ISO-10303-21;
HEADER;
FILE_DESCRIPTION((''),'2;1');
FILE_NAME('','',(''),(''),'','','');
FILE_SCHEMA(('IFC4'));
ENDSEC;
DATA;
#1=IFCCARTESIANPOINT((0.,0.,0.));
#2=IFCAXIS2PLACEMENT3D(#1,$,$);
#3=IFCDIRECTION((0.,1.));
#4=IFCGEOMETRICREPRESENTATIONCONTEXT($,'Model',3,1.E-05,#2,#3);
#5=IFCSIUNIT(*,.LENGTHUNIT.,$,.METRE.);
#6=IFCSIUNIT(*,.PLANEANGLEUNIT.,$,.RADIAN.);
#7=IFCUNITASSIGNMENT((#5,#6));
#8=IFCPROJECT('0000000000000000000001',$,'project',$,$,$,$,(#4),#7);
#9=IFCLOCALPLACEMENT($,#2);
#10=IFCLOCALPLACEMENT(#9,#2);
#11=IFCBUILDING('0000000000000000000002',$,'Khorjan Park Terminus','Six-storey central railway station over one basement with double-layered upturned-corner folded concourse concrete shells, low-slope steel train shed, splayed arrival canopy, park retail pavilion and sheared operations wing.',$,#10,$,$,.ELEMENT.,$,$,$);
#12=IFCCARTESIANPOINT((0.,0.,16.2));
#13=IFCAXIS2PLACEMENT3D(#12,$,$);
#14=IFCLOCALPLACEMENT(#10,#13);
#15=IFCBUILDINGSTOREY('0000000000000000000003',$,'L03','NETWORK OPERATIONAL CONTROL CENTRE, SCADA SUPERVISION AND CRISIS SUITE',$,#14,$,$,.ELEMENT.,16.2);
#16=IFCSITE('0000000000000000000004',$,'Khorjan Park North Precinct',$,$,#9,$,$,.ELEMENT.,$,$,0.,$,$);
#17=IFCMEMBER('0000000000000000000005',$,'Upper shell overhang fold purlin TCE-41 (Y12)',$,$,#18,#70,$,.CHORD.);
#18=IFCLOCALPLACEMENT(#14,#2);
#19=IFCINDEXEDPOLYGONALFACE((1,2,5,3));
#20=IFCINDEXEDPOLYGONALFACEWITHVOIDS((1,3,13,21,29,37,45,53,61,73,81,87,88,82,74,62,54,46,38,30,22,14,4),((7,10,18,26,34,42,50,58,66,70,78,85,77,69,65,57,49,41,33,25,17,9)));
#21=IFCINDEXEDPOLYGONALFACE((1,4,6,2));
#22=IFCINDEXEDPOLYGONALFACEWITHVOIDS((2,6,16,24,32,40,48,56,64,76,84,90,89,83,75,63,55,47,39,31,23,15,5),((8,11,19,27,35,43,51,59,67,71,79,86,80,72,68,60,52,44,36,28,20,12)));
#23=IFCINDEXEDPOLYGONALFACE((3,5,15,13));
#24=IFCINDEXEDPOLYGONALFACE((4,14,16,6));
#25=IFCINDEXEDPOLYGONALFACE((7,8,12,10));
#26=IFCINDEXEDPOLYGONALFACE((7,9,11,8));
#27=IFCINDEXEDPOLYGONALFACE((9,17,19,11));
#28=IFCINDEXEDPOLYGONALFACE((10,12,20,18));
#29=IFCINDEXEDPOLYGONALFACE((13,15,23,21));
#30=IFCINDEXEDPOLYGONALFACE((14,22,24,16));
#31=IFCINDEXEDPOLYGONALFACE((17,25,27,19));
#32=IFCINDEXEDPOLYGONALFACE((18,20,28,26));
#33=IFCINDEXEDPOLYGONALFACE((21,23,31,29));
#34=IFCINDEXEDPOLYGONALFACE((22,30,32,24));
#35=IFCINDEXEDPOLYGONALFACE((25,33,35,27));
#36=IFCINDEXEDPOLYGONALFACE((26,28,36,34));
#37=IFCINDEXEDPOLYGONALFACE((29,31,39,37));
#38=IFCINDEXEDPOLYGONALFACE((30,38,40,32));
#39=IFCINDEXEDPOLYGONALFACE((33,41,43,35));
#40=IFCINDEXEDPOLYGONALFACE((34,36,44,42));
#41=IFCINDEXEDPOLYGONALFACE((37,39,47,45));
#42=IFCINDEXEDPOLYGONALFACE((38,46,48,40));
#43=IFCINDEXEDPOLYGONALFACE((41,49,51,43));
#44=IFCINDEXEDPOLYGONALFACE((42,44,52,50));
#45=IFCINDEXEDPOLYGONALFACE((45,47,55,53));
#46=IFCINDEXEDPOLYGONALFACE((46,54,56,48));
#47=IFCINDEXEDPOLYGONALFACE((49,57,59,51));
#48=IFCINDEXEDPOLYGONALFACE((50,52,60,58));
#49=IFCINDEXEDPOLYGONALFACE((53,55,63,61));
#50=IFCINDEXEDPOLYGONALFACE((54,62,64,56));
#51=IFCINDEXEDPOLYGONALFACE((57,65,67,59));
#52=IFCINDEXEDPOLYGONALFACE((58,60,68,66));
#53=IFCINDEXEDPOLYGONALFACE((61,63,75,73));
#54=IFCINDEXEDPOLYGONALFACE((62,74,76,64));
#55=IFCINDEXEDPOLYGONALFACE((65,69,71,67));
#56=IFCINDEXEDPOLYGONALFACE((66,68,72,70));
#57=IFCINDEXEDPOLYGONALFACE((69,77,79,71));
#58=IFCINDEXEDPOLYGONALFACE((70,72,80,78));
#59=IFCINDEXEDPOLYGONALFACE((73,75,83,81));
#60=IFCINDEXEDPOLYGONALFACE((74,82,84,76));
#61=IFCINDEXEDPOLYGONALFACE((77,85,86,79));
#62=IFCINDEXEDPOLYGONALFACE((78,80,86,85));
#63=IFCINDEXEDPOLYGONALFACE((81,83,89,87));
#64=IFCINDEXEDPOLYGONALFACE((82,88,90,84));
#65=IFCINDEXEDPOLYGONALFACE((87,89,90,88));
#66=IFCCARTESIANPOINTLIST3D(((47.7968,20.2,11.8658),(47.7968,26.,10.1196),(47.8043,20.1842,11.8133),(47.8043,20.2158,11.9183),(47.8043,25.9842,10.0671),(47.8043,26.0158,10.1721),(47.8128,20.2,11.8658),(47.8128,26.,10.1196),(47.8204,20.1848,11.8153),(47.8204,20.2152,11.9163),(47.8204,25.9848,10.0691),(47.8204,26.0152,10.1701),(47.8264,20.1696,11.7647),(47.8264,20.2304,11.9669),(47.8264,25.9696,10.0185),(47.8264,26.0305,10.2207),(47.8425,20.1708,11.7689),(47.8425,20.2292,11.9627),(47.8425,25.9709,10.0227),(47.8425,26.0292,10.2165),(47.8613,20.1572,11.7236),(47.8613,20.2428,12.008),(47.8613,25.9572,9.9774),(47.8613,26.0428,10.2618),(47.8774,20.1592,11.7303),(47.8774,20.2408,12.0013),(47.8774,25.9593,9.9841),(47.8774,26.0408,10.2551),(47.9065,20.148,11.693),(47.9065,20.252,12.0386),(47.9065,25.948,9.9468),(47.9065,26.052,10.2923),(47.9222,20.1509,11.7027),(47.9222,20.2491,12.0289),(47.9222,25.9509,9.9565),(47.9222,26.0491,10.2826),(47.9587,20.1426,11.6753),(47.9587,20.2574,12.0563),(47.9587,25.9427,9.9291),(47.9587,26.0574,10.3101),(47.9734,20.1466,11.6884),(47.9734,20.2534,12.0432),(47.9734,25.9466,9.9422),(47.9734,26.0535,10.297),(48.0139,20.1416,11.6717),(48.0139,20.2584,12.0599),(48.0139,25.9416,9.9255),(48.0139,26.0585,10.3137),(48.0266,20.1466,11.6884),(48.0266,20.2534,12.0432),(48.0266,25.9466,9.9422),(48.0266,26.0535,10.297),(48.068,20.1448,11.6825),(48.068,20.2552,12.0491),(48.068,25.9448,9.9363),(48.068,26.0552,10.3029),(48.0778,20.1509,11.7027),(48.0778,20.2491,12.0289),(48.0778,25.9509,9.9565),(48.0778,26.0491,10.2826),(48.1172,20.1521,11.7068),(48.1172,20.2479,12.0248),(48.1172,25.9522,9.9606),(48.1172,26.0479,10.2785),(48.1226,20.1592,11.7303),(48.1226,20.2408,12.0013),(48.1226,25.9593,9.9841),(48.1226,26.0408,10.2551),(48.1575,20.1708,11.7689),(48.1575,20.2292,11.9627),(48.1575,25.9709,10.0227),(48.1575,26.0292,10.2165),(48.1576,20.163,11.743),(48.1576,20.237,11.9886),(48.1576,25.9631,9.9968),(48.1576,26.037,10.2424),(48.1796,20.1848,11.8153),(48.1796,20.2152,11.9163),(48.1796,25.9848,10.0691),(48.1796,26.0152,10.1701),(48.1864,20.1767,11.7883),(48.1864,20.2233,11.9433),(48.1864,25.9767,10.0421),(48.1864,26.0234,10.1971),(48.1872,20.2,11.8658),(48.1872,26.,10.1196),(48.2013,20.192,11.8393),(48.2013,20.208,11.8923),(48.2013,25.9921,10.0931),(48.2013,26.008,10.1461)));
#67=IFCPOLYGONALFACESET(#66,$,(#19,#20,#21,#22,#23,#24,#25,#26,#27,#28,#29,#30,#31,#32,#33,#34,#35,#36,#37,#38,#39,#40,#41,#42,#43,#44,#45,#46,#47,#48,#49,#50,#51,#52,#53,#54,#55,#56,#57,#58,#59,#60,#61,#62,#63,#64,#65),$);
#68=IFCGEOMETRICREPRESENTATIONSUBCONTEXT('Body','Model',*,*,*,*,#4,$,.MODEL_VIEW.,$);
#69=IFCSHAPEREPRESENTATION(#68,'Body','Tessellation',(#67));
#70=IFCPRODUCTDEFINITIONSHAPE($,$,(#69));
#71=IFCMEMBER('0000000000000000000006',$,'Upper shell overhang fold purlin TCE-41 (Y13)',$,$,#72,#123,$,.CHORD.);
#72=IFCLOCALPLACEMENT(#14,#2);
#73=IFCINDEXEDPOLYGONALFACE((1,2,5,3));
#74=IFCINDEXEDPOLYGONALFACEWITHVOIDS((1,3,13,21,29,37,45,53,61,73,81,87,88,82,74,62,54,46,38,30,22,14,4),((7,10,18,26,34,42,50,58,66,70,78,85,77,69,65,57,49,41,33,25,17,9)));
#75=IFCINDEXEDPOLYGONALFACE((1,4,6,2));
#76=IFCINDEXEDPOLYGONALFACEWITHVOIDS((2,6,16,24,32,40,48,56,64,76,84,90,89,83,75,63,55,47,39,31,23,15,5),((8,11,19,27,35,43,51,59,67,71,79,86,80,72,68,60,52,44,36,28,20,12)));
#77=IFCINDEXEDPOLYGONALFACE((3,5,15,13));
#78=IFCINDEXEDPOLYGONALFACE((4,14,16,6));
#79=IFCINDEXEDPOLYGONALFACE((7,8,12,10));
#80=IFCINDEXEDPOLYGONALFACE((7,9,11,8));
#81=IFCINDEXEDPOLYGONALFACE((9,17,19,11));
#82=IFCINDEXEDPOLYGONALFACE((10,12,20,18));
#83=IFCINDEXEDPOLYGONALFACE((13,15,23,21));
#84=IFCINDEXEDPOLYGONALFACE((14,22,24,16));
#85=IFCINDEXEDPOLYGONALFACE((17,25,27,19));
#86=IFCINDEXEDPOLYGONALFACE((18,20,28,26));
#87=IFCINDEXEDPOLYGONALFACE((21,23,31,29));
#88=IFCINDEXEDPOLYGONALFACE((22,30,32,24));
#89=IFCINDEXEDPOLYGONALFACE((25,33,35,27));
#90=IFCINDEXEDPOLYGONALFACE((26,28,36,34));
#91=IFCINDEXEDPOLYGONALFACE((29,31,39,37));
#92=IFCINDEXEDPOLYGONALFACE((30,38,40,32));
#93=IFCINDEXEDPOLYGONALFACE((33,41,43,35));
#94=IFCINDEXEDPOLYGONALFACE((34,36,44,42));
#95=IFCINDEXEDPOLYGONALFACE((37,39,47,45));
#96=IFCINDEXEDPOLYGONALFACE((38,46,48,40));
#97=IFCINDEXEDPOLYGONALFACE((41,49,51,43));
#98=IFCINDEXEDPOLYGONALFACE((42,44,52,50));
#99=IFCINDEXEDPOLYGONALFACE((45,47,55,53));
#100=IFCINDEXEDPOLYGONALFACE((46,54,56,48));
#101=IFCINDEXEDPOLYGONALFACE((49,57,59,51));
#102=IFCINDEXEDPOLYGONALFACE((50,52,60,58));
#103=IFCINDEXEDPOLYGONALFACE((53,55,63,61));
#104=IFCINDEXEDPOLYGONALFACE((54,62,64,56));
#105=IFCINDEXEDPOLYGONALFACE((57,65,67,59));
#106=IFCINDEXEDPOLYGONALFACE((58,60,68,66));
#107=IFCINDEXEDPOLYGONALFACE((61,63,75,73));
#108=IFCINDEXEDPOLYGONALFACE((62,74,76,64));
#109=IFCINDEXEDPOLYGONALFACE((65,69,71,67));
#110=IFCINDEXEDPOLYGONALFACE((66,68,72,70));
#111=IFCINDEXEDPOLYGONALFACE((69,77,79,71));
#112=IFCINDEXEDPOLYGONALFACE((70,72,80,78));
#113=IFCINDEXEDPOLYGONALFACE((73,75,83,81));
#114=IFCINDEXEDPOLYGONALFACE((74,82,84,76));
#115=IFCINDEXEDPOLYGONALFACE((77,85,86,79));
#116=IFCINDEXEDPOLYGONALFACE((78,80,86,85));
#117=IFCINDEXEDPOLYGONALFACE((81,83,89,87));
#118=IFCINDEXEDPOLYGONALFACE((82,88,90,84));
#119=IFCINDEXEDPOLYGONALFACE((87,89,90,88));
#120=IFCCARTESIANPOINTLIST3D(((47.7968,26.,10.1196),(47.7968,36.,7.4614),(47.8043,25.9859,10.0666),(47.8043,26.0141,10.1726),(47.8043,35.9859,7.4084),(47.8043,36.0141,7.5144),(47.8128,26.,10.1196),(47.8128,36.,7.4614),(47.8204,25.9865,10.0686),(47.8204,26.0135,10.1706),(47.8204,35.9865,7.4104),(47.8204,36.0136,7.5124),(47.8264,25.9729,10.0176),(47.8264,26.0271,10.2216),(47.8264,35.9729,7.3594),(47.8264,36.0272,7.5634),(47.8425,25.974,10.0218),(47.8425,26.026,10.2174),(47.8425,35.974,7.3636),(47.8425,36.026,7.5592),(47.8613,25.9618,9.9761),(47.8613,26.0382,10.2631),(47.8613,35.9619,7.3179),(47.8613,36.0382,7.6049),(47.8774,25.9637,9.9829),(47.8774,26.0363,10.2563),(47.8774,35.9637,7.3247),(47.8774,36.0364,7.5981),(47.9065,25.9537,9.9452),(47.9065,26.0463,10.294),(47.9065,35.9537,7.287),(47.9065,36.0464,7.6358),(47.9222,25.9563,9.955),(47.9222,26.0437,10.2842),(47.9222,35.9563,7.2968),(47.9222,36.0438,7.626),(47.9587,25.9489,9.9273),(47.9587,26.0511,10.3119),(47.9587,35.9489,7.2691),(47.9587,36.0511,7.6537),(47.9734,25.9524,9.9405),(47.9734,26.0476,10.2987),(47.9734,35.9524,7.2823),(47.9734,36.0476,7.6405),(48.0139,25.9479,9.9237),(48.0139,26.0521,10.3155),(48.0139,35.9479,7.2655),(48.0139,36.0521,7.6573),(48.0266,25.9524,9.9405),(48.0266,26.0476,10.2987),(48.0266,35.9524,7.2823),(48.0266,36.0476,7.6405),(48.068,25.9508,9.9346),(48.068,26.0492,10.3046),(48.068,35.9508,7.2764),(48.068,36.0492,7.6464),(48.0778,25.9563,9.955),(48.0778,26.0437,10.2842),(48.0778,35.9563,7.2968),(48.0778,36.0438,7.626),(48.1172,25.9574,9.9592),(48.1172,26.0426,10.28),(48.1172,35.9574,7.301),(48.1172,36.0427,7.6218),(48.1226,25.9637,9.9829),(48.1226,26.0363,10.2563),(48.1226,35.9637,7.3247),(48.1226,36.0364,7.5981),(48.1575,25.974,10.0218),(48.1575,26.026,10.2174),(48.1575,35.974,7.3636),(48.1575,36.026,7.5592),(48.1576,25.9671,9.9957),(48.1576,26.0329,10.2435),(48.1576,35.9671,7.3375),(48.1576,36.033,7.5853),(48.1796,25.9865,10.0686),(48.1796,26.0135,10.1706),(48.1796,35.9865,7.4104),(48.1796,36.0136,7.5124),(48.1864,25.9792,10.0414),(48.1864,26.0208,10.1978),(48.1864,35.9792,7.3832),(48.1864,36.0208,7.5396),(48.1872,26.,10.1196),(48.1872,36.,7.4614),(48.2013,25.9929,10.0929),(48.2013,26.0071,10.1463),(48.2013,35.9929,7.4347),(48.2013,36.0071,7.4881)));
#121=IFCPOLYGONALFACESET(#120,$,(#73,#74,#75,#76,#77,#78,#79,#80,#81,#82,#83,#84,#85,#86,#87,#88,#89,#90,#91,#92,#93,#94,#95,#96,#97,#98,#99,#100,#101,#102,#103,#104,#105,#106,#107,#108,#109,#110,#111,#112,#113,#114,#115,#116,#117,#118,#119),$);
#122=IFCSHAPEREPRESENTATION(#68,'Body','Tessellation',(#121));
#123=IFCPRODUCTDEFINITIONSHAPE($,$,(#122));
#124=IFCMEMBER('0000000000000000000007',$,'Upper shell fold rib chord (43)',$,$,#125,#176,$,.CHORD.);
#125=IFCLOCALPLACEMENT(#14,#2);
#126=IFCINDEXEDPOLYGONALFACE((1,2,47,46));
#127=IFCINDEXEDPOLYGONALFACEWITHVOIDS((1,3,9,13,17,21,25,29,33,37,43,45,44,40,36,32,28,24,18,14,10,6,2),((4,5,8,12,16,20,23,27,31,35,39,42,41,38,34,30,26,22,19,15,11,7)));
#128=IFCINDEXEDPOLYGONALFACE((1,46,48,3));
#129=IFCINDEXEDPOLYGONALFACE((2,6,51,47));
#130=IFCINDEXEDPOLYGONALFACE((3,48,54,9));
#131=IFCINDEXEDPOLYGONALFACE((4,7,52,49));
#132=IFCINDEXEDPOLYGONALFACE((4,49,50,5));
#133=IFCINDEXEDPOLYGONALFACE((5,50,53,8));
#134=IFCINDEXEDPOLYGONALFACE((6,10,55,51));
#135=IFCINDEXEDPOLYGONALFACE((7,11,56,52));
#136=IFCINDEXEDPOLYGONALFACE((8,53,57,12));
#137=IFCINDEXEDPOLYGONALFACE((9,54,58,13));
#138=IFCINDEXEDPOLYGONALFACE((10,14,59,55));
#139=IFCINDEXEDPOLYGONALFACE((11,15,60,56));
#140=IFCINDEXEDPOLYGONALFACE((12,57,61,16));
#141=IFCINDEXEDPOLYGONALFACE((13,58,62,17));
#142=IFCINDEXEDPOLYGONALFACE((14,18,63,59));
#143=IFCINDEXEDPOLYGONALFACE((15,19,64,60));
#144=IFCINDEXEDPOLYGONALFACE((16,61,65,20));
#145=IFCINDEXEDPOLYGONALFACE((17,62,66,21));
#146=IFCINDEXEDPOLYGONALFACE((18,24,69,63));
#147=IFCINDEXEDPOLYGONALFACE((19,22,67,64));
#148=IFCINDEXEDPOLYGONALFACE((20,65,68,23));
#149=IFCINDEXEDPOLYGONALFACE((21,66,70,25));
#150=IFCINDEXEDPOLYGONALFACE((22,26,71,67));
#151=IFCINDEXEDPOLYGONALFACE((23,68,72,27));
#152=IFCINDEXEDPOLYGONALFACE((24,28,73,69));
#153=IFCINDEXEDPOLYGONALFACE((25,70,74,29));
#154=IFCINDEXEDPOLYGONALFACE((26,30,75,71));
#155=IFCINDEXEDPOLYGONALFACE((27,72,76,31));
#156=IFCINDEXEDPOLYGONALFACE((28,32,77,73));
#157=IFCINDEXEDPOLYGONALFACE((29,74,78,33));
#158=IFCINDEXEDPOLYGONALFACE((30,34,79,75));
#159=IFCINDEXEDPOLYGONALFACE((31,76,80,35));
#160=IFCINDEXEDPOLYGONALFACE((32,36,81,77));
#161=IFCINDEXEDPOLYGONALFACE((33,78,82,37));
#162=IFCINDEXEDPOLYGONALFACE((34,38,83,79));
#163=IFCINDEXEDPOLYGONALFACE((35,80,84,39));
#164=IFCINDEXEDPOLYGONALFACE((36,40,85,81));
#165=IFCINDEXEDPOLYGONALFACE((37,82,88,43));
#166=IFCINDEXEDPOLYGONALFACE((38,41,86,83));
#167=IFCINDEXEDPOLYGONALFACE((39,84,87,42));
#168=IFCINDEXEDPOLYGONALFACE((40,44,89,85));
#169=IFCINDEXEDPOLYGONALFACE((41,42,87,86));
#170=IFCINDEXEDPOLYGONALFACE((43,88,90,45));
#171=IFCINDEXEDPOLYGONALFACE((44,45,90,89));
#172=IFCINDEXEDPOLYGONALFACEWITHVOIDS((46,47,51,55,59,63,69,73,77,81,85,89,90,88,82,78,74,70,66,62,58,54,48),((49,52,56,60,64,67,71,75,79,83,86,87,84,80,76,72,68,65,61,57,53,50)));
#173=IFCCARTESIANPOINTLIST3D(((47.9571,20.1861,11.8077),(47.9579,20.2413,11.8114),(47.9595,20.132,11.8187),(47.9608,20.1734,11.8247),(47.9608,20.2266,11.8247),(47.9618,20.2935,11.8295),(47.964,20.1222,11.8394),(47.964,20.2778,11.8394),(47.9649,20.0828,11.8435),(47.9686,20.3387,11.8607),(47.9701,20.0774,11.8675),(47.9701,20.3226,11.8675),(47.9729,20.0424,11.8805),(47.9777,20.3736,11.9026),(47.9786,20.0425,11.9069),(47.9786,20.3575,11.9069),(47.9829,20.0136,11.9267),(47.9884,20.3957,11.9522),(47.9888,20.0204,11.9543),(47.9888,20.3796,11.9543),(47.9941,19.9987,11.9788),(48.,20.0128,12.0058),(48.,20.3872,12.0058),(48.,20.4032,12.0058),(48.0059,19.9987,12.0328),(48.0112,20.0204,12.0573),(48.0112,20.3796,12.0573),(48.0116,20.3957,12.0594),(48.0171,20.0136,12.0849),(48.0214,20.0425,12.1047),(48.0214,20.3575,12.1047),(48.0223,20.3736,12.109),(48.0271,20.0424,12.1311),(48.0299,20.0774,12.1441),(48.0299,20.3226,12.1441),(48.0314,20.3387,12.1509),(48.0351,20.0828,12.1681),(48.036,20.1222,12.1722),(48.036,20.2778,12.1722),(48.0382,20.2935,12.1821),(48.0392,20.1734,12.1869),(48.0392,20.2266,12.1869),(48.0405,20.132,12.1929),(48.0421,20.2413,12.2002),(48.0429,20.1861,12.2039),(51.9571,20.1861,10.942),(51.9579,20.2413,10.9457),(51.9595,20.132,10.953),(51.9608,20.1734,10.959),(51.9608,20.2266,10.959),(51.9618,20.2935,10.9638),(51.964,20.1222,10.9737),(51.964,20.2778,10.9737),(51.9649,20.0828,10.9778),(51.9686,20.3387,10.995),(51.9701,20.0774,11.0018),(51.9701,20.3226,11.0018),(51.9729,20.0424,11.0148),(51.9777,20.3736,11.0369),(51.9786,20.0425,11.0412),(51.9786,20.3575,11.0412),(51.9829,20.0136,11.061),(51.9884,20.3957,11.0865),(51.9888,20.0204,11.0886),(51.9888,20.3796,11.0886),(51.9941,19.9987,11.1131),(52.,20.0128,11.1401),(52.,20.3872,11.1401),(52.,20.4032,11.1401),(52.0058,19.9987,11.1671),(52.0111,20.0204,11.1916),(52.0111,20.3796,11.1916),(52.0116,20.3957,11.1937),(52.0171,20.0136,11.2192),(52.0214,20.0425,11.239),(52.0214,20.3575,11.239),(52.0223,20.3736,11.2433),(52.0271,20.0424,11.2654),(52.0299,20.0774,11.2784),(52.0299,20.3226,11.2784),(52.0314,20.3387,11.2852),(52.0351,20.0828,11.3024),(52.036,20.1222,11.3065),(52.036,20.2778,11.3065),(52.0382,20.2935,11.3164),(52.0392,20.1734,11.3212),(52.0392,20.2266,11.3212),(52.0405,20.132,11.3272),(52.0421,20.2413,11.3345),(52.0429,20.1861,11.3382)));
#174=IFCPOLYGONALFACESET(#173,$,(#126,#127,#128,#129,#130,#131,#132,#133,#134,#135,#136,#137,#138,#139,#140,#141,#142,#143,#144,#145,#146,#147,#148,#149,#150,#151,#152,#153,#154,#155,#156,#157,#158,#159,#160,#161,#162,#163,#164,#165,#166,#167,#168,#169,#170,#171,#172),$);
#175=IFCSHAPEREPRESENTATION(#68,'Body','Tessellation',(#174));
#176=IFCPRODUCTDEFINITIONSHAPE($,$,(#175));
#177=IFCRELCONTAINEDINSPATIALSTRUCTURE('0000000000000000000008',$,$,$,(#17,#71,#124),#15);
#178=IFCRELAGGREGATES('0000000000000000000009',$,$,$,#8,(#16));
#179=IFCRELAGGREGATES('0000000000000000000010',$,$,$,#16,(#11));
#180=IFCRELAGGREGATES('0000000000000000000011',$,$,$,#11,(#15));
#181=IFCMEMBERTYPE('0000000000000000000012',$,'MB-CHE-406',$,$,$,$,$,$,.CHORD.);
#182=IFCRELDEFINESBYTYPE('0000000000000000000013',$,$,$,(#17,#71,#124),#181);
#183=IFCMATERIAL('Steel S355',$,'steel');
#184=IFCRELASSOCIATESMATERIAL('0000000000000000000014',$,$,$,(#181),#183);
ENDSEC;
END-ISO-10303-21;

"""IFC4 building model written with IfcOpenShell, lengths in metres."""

from ifc_helpers import new_model, si_unit, direction, frame, origin, origin_2d, place, context, subcontext, project, spatial, hollow_circle, extrude, material, material_profile, profile_set, type_object, element, save


model = new_model("IFC4")

# Units and contexts
model_context = context("Model", 3, precision=1e-05, world=origin(), true_north=direction((0.0, 1.0)))
body_context = subcontext(model_context, "Body", "Model", "MODEL_VIEW")
ifc_project = project(units=[si_unit("LENGTHUNIT", "METRE"), si_unit("PLANEANGLEUNIT", "RADIAN")], contexts=[model_context])

# Site, building, storey
site_placement = place(None, origin())
site = spatial("IfcSite", under=ifc_project, at=site_placement, Name="Khorjan Park North Precinct", CompositionType="ELEMENT", RefElevation=0.0)
building_placement = place(site_placement, origin())
building = spatial("IfcBuilding", under=site, at=building_placement, Name="Khorjan Park Terminus", Description="Six-storey central railway station over one basement with double-layered upturned-corner folded concourse concrete shells, low-slope steel train shed, splayed arrival canopy, park retail pavilion and sheared operations wing.", CompositionType="ELEMENT")
storey_placement = place(building_placement, frame((0.0, 0.0, 16.2)))
storey = spatial("IfcBuildingStorey", under=building, at=storey_placement, Name="L03", Description="NETWORK OPERATIONAL CONTROL CENTRE, SCADA SUPERVISION AND CRISIS SUITE", CompositionType="ELEMENT", Elevation=16.2)

# Members
ifc_material_1 = material(Name="Steel S355", Category="steel")
ifc_material_profile_1 = material_profile(ifc_material_1, hollow_circle(Radius=0.2032, WallThickness=0.016, at=origin_2d()), Name="CHS 406.4x16")
ifc_profile_set_1 = profile_set([ifc_material_profile_1], Name="Steel S355")
member_type_1 = type_object("IfcMemberType", Name="MB-CHE-406", PredefinedType="CHORD", material=ifc_profile_set_1)
member_1_placement = place(storey_placement, frame((48.0, 20.2, 11.8658), z_axis=(0.0, 0.957544, -0.288287), x_axis=(-1.0, 0.0, 0.0)))
element("IfcMember", 1, at=member_1_placement, inside=storey, type_object=member_type_1, Name="Upper shell overhang fold purlin TCE-41 (Y12)", PredefinedType="CHORD", context=body_context, shape_type="SweptSolid", body=[
    extrude(hollow_circle(Radius=0.2032, WallThickness=0.016, at=origin_2d()), origin(), (0.0, 0.0, 1.0), 6.0572),
])
member_2_placement = place(storey_placement, frame((48.0, 26.0, 10.1196), z_axis=(0.0, 0.966438, -0.256899), x_axis=(-1.0, 0.0, 0.0)))
element("IfcMember", 2, at=member_2_placement, inside=storey, type_object=member_type_1, Name="Upper shell overhang fold purlin TCE-41 (Y13)", PredefinedType="CHORD", context=body_context, shape_type="SweptSolid", body=[
    extrude(hollow_circle(Radius=0.2032, WallThickness=0.016, at=origin_2d()), origin(), (0.0, 0.0, 1.0), 10.3473),
])
member_3_placement = place(storey_placement, frame((48.0, 20.2, 12.0058), z_axis=(0.977372, 0.0, -0.211528), x_axis=(0.0, 1.0, 0.0)))
element("IfcMember", 3, at=member_3_placement, inside=storey, type_object=member_type_1, Name="Upper shell fold rib chord (43)", PredefinedType="CHORD", context=body_context, shape_type="SweptSolid", body=[
    extrude(hollow_circle(Radius=0.2032, WallThickness=0.016, at=origin_2d()), origin(), (0.0, 0.0, 1.0), 4.0926),
])

save(model, "model.ifc")
